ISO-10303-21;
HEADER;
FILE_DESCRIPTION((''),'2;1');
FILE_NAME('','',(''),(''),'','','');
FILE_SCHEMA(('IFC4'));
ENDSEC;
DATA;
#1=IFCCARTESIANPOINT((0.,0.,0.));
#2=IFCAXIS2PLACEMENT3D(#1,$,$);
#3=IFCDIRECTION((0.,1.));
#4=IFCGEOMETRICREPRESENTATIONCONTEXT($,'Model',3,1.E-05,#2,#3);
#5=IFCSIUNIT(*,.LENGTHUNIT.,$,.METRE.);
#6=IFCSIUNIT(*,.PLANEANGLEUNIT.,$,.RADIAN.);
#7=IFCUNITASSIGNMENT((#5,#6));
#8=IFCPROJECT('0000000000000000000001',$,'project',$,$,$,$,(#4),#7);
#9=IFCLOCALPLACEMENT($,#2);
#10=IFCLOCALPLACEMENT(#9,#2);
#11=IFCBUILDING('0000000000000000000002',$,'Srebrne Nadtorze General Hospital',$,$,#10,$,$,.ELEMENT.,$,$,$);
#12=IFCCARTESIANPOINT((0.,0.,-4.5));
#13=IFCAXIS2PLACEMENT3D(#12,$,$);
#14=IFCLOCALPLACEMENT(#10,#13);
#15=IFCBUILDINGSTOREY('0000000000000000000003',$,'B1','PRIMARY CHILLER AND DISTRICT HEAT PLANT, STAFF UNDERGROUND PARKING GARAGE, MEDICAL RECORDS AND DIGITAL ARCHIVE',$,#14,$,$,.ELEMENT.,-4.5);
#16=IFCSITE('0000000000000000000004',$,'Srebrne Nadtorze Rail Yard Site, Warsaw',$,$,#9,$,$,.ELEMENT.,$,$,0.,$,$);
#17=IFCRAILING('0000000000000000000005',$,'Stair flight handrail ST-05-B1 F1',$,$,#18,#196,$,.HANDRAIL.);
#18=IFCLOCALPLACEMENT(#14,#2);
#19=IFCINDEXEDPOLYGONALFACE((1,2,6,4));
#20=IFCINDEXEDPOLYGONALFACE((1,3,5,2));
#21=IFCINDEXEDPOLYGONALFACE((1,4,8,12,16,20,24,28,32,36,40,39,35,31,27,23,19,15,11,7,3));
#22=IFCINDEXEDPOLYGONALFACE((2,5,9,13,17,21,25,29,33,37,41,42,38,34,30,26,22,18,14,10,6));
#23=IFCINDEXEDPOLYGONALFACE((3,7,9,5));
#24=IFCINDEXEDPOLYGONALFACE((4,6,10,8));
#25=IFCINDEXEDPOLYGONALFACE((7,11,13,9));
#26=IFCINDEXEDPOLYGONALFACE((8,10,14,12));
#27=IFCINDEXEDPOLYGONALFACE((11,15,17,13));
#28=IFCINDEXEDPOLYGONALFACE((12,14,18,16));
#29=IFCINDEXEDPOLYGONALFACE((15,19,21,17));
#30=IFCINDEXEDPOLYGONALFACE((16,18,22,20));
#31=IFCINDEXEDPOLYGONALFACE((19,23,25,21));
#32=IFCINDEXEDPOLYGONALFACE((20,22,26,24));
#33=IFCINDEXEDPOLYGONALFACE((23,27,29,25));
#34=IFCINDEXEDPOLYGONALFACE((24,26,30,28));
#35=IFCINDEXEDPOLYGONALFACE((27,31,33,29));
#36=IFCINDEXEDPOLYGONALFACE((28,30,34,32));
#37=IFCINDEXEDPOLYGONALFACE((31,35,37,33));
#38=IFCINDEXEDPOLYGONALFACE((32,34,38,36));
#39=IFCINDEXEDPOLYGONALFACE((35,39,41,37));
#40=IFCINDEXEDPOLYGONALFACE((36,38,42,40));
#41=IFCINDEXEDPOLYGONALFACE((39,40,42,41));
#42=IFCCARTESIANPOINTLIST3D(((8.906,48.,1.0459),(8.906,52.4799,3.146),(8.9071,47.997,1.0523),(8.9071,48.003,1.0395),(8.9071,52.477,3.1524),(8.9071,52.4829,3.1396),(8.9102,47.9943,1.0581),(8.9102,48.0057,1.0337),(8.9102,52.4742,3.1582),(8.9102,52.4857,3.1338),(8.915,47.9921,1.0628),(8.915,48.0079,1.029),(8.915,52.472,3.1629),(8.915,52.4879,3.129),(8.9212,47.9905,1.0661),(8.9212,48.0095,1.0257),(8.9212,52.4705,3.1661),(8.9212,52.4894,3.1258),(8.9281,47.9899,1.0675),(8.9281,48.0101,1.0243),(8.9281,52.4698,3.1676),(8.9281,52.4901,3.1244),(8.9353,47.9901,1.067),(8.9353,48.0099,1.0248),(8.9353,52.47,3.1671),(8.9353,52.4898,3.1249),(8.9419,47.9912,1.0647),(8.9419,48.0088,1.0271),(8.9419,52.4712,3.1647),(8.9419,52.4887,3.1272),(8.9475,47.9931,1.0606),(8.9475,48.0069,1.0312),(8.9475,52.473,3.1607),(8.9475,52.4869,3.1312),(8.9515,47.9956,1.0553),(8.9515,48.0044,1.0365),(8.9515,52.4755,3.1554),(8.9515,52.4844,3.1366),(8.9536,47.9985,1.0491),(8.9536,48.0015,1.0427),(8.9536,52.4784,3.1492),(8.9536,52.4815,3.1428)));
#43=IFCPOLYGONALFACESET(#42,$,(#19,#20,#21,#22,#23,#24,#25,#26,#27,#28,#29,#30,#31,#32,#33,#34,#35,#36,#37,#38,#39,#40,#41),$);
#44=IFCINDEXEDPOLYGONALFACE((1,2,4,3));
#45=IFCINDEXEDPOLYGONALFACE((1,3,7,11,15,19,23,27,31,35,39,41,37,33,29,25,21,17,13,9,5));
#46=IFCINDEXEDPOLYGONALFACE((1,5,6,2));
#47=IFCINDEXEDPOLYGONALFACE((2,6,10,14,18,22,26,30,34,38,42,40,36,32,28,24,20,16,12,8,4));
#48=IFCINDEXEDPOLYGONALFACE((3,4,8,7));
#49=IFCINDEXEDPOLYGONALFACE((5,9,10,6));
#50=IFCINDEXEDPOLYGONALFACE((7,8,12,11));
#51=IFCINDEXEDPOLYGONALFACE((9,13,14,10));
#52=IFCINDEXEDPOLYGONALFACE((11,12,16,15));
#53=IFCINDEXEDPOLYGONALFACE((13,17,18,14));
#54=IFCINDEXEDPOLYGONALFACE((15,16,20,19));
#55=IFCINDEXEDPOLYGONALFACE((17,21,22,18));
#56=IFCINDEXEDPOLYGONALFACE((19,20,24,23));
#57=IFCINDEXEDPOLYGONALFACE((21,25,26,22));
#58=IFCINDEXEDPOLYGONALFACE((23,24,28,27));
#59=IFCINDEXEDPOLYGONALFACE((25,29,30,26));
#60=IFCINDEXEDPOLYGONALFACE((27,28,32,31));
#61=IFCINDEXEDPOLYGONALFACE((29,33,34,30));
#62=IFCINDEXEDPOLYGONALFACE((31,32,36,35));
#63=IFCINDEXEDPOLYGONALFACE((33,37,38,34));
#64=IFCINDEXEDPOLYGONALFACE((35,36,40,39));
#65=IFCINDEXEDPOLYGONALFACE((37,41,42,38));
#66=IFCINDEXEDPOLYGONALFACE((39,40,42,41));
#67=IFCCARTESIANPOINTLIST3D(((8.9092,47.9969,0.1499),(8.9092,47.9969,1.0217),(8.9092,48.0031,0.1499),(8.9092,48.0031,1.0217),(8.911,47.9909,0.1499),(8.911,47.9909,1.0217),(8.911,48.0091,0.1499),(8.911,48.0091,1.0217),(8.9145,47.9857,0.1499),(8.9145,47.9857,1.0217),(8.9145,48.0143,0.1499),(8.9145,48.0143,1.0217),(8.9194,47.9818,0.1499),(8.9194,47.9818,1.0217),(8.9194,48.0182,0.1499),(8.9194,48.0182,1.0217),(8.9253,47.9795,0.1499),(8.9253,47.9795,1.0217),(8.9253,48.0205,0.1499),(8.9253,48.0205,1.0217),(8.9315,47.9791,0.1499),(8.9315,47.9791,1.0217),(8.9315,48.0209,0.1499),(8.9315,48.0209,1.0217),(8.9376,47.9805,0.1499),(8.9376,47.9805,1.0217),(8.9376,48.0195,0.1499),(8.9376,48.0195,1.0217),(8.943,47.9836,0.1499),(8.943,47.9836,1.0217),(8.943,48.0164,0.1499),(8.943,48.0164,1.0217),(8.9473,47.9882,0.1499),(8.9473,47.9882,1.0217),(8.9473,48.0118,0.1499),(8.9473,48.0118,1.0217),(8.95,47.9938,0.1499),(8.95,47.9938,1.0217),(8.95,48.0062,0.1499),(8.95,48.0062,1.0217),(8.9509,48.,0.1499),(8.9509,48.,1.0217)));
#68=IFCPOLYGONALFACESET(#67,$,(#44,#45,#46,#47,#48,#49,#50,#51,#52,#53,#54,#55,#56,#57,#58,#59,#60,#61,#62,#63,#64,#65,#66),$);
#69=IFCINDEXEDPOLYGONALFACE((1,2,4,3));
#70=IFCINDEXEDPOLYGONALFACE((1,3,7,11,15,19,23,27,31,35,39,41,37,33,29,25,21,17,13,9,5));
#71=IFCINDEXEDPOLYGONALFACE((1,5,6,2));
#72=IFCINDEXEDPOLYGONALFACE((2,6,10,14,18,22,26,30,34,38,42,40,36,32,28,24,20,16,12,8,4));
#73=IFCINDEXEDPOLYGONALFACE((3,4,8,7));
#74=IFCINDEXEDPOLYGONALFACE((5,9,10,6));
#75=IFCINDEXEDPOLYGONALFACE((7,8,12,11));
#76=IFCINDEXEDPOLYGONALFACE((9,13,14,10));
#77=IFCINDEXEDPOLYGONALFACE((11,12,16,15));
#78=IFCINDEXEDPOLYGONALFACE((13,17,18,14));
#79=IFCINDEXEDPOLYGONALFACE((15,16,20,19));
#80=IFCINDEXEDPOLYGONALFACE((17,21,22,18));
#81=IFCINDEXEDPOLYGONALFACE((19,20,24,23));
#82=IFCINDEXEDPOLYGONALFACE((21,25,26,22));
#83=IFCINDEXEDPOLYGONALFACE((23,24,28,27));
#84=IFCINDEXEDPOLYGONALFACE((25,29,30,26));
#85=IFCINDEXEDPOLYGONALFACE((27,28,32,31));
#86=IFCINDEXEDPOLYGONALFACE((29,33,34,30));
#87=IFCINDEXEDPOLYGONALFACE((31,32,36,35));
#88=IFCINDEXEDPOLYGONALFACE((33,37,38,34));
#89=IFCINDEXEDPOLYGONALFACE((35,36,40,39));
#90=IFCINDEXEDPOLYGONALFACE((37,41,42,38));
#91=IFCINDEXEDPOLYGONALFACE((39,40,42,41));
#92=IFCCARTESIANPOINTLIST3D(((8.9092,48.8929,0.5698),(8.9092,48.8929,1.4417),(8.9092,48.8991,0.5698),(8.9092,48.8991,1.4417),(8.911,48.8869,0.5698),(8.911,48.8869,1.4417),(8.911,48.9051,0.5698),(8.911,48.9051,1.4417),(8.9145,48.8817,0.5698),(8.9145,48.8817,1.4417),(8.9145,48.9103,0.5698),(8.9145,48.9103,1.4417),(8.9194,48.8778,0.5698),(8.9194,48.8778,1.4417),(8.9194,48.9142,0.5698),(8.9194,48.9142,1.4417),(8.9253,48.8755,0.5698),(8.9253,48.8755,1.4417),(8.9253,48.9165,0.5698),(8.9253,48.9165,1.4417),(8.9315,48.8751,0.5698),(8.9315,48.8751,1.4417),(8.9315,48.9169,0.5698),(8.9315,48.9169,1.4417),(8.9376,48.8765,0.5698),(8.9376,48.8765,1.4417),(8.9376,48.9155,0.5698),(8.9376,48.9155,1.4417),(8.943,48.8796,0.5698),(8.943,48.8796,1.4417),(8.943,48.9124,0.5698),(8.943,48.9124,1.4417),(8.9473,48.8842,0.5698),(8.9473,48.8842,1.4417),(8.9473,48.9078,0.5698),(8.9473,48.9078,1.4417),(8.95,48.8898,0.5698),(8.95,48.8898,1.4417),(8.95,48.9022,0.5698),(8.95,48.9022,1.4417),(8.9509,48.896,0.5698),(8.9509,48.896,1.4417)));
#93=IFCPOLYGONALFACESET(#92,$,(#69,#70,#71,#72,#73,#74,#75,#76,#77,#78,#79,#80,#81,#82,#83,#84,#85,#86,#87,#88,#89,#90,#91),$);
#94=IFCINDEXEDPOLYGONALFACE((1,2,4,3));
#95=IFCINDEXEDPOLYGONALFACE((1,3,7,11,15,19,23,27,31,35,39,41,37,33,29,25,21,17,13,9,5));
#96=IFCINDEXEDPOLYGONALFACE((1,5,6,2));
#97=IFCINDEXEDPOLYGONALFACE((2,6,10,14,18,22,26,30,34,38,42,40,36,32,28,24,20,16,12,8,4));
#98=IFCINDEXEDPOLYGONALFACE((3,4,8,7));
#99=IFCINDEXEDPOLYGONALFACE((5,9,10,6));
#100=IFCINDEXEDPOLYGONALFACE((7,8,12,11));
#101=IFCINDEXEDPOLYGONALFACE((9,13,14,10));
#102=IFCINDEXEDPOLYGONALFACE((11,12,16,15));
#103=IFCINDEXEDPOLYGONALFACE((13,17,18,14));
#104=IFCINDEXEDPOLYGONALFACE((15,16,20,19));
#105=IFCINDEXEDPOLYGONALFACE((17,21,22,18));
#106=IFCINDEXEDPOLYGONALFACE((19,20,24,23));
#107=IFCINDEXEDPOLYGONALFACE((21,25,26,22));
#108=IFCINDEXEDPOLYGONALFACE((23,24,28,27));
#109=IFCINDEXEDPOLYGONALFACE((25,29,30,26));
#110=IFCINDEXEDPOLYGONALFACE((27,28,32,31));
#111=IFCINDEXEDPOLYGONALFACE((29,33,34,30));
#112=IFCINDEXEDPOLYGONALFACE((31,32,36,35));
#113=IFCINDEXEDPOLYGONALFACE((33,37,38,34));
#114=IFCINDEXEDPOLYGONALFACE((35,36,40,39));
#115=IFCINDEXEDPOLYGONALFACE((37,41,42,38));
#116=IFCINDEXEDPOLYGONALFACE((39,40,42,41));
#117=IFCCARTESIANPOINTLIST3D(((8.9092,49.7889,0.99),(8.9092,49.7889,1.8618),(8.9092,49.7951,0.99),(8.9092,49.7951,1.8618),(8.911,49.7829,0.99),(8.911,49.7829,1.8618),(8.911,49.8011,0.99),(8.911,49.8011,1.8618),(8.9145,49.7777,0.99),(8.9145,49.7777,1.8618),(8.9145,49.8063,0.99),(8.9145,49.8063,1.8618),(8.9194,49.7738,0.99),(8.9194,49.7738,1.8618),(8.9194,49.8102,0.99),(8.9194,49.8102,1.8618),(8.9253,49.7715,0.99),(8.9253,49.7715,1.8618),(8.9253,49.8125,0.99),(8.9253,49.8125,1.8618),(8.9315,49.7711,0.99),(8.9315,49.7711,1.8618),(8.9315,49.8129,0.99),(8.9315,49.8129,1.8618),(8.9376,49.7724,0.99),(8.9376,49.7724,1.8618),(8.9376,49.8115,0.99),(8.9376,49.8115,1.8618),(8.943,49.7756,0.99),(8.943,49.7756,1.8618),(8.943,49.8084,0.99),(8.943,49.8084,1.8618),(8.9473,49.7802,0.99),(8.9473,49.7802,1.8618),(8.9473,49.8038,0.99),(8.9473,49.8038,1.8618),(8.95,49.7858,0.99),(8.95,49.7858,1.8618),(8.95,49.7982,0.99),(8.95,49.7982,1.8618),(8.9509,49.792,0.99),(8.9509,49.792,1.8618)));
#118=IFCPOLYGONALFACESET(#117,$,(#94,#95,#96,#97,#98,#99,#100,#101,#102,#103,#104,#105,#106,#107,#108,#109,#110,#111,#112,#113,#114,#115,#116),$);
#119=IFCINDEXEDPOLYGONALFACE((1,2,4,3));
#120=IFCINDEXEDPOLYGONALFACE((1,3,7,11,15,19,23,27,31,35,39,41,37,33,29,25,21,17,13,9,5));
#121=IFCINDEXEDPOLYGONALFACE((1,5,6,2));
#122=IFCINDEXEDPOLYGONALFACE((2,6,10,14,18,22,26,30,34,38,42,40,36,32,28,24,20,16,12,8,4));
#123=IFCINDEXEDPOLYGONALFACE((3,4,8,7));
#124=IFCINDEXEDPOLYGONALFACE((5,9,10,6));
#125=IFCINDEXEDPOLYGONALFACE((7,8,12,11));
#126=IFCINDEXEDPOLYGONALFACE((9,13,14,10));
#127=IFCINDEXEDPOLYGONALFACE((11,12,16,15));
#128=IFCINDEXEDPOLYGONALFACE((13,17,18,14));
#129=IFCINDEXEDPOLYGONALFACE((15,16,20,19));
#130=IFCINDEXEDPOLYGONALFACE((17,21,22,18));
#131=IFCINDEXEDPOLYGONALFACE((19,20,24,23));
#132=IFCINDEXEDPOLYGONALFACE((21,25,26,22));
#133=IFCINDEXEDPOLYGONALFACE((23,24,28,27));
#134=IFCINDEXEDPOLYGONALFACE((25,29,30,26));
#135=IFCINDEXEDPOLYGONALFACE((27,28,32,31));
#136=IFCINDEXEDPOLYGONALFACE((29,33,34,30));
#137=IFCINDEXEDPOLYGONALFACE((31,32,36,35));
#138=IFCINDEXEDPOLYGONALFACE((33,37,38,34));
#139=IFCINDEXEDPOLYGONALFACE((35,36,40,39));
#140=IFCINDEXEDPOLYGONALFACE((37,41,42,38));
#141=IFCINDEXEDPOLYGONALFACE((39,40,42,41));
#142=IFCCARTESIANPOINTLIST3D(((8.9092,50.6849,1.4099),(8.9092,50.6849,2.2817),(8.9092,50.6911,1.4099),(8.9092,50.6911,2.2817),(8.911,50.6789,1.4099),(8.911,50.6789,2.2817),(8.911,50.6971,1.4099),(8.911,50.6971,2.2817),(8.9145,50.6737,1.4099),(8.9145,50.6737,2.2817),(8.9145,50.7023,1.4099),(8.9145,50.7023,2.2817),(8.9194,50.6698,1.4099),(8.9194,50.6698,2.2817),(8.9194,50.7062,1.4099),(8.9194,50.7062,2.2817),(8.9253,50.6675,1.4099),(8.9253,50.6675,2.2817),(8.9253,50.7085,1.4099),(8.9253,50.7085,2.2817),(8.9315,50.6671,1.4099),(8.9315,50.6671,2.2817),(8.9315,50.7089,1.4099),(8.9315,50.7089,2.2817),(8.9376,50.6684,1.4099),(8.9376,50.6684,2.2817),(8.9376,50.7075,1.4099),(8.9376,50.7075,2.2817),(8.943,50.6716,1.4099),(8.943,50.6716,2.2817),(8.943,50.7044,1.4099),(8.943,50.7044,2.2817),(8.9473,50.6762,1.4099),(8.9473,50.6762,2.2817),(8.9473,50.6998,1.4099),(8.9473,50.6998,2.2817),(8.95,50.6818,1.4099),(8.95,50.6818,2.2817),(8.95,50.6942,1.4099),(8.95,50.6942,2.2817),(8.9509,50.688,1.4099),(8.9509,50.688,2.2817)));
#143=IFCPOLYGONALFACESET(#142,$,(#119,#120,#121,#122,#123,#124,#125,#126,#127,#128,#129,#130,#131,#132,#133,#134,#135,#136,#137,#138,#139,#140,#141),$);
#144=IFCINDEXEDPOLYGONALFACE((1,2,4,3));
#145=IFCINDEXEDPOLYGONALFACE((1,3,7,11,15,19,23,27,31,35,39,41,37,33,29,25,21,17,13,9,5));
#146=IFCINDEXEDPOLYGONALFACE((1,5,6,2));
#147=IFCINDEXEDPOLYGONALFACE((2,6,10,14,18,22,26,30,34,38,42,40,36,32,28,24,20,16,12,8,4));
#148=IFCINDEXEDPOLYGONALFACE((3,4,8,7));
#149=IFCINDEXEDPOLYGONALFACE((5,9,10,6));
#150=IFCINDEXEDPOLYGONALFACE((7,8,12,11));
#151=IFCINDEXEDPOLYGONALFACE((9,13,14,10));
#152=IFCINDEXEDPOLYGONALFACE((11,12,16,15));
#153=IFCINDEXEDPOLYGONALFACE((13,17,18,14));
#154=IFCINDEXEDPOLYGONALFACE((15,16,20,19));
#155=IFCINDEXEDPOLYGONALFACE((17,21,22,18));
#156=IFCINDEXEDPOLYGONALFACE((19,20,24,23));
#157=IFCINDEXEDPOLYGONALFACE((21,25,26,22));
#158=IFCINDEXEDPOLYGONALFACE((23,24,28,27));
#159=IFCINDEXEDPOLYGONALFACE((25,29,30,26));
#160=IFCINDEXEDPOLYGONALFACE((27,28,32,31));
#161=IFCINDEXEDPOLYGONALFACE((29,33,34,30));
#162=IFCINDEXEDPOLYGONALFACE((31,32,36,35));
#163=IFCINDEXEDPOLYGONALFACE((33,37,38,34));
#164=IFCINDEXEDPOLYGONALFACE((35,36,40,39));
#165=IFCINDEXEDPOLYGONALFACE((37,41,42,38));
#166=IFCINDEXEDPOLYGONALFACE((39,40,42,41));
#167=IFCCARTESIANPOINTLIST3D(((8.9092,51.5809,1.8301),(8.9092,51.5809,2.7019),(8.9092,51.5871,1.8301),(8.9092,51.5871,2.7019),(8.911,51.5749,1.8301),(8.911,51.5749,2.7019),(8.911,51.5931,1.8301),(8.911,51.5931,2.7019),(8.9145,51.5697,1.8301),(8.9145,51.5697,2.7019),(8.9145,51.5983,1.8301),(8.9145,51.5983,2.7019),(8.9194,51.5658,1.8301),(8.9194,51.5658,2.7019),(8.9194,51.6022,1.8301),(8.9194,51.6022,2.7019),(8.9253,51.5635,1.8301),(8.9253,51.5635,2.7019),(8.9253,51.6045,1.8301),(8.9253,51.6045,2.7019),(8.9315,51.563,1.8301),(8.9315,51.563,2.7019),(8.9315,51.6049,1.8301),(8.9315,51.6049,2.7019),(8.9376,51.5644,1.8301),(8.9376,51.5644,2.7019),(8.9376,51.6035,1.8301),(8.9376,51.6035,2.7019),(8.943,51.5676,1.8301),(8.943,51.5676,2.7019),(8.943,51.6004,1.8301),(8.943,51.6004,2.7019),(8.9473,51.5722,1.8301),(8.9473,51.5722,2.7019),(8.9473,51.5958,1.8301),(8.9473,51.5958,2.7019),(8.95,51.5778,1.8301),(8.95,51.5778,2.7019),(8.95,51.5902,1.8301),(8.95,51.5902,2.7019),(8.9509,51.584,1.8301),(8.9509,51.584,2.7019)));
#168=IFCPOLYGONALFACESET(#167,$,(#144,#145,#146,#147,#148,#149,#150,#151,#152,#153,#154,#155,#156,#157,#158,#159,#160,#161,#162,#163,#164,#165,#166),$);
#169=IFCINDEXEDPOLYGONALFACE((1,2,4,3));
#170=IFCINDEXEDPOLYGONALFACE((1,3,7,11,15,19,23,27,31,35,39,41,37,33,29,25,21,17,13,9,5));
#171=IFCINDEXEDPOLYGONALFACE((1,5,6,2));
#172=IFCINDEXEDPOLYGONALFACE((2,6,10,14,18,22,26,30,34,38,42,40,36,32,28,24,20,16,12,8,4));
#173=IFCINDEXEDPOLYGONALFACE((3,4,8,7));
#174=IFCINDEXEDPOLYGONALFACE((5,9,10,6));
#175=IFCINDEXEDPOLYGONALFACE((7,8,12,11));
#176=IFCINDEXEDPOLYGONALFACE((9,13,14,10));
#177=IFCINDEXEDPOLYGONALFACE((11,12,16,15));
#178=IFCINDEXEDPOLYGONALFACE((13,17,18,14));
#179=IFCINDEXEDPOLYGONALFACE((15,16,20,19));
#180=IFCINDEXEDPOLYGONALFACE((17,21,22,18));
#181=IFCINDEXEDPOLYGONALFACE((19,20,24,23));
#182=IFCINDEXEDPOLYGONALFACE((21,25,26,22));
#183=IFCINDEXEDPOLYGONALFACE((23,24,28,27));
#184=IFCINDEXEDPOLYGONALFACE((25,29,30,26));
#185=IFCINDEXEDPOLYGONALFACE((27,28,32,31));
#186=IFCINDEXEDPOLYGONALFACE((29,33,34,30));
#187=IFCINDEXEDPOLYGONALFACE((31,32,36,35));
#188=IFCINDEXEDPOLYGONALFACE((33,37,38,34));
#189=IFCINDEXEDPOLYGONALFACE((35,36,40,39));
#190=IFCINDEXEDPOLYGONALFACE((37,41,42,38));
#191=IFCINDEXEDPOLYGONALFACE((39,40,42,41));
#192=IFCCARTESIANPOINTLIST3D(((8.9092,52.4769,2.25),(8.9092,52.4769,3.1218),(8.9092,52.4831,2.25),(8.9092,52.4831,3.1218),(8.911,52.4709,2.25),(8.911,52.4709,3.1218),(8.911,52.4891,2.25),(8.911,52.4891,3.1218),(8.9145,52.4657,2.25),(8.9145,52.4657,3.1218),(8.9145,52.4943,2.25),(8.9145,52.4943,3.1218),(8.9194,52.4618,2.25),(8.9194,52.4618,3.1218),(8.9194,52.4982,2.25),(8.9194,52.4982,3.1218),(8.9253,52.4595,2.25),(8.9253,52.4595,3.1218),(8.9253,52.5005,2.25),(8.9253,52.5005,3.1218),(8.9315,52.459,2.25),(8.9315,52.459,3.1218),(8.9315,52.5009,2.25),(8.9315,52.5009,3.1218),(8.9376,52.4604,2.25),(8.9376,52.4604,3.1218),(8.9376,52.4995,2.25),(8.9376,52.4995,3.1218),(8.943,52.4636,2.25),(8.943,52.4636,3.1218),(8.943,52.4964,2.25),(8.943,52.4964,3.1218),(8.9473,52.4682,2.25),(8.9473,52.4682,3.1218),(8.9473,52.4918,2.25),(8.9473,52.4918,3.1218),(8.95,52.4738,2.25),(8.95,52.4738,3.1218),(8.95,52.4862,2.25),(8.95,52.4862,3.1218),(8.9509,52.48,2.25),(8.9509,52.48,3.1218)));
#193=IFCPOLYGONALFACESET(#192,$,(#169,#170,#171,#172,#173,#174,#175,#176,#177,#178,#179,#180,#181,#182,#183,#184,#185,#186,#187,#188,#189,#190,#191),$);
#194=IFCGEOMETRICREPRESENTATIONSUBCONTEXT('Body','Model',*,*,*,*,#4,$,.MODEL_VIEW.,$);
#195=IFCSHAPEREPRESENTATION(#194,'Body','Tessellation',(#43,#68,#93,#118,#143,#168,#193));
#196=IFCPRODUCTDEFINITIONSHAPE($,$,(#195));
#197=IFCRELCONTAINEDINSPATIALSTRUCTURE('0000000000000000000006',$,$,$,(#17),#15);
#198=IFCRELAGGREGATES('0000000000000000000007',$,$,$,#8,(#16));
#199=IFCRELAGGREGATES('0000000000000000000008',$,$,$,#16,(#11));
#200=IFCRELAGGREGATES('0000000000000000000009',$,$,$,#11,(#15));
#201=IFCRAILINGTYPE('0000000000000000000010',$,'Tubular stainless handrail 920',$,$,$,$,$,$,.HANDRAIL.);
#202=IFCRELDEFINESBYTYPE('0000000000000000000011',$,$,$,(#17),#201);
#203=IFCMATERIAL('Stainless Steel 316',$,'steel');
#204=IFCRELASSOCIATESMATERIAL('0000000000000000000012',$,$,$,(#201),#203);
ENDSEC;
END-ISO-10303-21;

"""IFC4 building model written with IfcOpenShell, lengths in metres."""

from ifc_helpers import new_model, si_unit, direction, frame, origin, origin_2d, place, context, subcontext, project, spatial, circle, extrude, material, type_object, element, save


model = new_model("IFC4")

# Units and contexts
model_context = context("Model", 3, precision=1e-05, world=origin(), true_north=direction((0.0, 1.0)))
body_context = subcontext(model_context, "Body", "Model", "MODEL_VIEW")
ifc_project = project(units=[si_unit("LENGTHUNIT", "METRE"), si_unit("PLANEANGLEUNIT", "RADIAN")], contexts=[model_context])

# Site, building, storey
site_placement = place(None, origin())
site = spatial("IfcSite", under=ifc_project, at=site_placement, Name="Srebrne Nadtorze Rail Yard Site, Warsaw", CompositionType="ELEMENT", RefElevation=0.0)
building_placement = place(site_placement, origin())
building = spatial("IfcBuilding", under=site, at=building_placement, Name="Srebrne Nadtorze General Hospital", CompositionType="ELEMENT")
storey_placement = place(building_placement, frame((0.0, 0.0, -4.5)))
storey = spatial("IfcBuildingStorey", under=building, at=storey_placement, Name="B1", Description="PRIMARY CHILLER AND DISTRICT HEAT PLANT, STAFF UNDERGROUND PARKING GARAGE, MEDICAL RECORDS AND DIGITAL ARCHIVE", CompositionType="ELEMENT", Elevation=-4.5)

# Railing
ifc_material_1 = material(Name="Stainless Steel 316", Category="steel")
railing_type = type_object("IfcRailingType", Name="Tubular stainless handrail 920", PredefinedType="HANDRAIL", material=ifc_material_1)
railing_placement = place(storey_placement, frame((8.9299, 48.0, 0.1499)))
element("IfcRailing", 1, at=railing_placement, inside=storey, type_object=railing_type, Name="Stair flight handrail ST-05-B1 F1", PredefinedType="HANDRAIL", context=body_context, shape_type="SweptSolid", body=[
    extrude(circle(Radius=0.0239, at=origin_2d()), frame((0.0, 0.0, 0.896), z_axis=(0.0, 0.905451, 0.424452), x_axis=(-1.0, 0.0, 0.0)), (0.0, 0.0, 1.0), 4.9478),
    extrude(circle(Radius=0.021, at=origin_2d()), origin(), (0.0, 0.0, 1.0), 0.8718),
    extrude(circle(Radius=0.021, at=origin_2d()), frame((0.0, 0.896, 0.4199)), (0.0, 0.0, 1.0), 0.8718),
    extrude(circle(Radius=0.021, at=origin_2d()), frame((0.0, 1.792, 0.8401)), (0.0, 0.0, 1.0), 0.8718),
    extrude(circle(Radius=0.021, at=origin_2d()), frame((0.0, 2.688, 1.26)), (0.0, 0.0, 1.0), 0.8718),
    extrude(circle(Radius=0.021, at=origin_2d()), frame((0.0, 3.584, 1.6802)), (0.0, 0.0, 1.0), 0.8718),
    extrude(circle(Radius=0.021, at=origin_2d()), frame((0.0, 4.48, 2.1001)), (0.0, 0.0, 1.0), 0.8718),
])

save(model, "model.ifc")
